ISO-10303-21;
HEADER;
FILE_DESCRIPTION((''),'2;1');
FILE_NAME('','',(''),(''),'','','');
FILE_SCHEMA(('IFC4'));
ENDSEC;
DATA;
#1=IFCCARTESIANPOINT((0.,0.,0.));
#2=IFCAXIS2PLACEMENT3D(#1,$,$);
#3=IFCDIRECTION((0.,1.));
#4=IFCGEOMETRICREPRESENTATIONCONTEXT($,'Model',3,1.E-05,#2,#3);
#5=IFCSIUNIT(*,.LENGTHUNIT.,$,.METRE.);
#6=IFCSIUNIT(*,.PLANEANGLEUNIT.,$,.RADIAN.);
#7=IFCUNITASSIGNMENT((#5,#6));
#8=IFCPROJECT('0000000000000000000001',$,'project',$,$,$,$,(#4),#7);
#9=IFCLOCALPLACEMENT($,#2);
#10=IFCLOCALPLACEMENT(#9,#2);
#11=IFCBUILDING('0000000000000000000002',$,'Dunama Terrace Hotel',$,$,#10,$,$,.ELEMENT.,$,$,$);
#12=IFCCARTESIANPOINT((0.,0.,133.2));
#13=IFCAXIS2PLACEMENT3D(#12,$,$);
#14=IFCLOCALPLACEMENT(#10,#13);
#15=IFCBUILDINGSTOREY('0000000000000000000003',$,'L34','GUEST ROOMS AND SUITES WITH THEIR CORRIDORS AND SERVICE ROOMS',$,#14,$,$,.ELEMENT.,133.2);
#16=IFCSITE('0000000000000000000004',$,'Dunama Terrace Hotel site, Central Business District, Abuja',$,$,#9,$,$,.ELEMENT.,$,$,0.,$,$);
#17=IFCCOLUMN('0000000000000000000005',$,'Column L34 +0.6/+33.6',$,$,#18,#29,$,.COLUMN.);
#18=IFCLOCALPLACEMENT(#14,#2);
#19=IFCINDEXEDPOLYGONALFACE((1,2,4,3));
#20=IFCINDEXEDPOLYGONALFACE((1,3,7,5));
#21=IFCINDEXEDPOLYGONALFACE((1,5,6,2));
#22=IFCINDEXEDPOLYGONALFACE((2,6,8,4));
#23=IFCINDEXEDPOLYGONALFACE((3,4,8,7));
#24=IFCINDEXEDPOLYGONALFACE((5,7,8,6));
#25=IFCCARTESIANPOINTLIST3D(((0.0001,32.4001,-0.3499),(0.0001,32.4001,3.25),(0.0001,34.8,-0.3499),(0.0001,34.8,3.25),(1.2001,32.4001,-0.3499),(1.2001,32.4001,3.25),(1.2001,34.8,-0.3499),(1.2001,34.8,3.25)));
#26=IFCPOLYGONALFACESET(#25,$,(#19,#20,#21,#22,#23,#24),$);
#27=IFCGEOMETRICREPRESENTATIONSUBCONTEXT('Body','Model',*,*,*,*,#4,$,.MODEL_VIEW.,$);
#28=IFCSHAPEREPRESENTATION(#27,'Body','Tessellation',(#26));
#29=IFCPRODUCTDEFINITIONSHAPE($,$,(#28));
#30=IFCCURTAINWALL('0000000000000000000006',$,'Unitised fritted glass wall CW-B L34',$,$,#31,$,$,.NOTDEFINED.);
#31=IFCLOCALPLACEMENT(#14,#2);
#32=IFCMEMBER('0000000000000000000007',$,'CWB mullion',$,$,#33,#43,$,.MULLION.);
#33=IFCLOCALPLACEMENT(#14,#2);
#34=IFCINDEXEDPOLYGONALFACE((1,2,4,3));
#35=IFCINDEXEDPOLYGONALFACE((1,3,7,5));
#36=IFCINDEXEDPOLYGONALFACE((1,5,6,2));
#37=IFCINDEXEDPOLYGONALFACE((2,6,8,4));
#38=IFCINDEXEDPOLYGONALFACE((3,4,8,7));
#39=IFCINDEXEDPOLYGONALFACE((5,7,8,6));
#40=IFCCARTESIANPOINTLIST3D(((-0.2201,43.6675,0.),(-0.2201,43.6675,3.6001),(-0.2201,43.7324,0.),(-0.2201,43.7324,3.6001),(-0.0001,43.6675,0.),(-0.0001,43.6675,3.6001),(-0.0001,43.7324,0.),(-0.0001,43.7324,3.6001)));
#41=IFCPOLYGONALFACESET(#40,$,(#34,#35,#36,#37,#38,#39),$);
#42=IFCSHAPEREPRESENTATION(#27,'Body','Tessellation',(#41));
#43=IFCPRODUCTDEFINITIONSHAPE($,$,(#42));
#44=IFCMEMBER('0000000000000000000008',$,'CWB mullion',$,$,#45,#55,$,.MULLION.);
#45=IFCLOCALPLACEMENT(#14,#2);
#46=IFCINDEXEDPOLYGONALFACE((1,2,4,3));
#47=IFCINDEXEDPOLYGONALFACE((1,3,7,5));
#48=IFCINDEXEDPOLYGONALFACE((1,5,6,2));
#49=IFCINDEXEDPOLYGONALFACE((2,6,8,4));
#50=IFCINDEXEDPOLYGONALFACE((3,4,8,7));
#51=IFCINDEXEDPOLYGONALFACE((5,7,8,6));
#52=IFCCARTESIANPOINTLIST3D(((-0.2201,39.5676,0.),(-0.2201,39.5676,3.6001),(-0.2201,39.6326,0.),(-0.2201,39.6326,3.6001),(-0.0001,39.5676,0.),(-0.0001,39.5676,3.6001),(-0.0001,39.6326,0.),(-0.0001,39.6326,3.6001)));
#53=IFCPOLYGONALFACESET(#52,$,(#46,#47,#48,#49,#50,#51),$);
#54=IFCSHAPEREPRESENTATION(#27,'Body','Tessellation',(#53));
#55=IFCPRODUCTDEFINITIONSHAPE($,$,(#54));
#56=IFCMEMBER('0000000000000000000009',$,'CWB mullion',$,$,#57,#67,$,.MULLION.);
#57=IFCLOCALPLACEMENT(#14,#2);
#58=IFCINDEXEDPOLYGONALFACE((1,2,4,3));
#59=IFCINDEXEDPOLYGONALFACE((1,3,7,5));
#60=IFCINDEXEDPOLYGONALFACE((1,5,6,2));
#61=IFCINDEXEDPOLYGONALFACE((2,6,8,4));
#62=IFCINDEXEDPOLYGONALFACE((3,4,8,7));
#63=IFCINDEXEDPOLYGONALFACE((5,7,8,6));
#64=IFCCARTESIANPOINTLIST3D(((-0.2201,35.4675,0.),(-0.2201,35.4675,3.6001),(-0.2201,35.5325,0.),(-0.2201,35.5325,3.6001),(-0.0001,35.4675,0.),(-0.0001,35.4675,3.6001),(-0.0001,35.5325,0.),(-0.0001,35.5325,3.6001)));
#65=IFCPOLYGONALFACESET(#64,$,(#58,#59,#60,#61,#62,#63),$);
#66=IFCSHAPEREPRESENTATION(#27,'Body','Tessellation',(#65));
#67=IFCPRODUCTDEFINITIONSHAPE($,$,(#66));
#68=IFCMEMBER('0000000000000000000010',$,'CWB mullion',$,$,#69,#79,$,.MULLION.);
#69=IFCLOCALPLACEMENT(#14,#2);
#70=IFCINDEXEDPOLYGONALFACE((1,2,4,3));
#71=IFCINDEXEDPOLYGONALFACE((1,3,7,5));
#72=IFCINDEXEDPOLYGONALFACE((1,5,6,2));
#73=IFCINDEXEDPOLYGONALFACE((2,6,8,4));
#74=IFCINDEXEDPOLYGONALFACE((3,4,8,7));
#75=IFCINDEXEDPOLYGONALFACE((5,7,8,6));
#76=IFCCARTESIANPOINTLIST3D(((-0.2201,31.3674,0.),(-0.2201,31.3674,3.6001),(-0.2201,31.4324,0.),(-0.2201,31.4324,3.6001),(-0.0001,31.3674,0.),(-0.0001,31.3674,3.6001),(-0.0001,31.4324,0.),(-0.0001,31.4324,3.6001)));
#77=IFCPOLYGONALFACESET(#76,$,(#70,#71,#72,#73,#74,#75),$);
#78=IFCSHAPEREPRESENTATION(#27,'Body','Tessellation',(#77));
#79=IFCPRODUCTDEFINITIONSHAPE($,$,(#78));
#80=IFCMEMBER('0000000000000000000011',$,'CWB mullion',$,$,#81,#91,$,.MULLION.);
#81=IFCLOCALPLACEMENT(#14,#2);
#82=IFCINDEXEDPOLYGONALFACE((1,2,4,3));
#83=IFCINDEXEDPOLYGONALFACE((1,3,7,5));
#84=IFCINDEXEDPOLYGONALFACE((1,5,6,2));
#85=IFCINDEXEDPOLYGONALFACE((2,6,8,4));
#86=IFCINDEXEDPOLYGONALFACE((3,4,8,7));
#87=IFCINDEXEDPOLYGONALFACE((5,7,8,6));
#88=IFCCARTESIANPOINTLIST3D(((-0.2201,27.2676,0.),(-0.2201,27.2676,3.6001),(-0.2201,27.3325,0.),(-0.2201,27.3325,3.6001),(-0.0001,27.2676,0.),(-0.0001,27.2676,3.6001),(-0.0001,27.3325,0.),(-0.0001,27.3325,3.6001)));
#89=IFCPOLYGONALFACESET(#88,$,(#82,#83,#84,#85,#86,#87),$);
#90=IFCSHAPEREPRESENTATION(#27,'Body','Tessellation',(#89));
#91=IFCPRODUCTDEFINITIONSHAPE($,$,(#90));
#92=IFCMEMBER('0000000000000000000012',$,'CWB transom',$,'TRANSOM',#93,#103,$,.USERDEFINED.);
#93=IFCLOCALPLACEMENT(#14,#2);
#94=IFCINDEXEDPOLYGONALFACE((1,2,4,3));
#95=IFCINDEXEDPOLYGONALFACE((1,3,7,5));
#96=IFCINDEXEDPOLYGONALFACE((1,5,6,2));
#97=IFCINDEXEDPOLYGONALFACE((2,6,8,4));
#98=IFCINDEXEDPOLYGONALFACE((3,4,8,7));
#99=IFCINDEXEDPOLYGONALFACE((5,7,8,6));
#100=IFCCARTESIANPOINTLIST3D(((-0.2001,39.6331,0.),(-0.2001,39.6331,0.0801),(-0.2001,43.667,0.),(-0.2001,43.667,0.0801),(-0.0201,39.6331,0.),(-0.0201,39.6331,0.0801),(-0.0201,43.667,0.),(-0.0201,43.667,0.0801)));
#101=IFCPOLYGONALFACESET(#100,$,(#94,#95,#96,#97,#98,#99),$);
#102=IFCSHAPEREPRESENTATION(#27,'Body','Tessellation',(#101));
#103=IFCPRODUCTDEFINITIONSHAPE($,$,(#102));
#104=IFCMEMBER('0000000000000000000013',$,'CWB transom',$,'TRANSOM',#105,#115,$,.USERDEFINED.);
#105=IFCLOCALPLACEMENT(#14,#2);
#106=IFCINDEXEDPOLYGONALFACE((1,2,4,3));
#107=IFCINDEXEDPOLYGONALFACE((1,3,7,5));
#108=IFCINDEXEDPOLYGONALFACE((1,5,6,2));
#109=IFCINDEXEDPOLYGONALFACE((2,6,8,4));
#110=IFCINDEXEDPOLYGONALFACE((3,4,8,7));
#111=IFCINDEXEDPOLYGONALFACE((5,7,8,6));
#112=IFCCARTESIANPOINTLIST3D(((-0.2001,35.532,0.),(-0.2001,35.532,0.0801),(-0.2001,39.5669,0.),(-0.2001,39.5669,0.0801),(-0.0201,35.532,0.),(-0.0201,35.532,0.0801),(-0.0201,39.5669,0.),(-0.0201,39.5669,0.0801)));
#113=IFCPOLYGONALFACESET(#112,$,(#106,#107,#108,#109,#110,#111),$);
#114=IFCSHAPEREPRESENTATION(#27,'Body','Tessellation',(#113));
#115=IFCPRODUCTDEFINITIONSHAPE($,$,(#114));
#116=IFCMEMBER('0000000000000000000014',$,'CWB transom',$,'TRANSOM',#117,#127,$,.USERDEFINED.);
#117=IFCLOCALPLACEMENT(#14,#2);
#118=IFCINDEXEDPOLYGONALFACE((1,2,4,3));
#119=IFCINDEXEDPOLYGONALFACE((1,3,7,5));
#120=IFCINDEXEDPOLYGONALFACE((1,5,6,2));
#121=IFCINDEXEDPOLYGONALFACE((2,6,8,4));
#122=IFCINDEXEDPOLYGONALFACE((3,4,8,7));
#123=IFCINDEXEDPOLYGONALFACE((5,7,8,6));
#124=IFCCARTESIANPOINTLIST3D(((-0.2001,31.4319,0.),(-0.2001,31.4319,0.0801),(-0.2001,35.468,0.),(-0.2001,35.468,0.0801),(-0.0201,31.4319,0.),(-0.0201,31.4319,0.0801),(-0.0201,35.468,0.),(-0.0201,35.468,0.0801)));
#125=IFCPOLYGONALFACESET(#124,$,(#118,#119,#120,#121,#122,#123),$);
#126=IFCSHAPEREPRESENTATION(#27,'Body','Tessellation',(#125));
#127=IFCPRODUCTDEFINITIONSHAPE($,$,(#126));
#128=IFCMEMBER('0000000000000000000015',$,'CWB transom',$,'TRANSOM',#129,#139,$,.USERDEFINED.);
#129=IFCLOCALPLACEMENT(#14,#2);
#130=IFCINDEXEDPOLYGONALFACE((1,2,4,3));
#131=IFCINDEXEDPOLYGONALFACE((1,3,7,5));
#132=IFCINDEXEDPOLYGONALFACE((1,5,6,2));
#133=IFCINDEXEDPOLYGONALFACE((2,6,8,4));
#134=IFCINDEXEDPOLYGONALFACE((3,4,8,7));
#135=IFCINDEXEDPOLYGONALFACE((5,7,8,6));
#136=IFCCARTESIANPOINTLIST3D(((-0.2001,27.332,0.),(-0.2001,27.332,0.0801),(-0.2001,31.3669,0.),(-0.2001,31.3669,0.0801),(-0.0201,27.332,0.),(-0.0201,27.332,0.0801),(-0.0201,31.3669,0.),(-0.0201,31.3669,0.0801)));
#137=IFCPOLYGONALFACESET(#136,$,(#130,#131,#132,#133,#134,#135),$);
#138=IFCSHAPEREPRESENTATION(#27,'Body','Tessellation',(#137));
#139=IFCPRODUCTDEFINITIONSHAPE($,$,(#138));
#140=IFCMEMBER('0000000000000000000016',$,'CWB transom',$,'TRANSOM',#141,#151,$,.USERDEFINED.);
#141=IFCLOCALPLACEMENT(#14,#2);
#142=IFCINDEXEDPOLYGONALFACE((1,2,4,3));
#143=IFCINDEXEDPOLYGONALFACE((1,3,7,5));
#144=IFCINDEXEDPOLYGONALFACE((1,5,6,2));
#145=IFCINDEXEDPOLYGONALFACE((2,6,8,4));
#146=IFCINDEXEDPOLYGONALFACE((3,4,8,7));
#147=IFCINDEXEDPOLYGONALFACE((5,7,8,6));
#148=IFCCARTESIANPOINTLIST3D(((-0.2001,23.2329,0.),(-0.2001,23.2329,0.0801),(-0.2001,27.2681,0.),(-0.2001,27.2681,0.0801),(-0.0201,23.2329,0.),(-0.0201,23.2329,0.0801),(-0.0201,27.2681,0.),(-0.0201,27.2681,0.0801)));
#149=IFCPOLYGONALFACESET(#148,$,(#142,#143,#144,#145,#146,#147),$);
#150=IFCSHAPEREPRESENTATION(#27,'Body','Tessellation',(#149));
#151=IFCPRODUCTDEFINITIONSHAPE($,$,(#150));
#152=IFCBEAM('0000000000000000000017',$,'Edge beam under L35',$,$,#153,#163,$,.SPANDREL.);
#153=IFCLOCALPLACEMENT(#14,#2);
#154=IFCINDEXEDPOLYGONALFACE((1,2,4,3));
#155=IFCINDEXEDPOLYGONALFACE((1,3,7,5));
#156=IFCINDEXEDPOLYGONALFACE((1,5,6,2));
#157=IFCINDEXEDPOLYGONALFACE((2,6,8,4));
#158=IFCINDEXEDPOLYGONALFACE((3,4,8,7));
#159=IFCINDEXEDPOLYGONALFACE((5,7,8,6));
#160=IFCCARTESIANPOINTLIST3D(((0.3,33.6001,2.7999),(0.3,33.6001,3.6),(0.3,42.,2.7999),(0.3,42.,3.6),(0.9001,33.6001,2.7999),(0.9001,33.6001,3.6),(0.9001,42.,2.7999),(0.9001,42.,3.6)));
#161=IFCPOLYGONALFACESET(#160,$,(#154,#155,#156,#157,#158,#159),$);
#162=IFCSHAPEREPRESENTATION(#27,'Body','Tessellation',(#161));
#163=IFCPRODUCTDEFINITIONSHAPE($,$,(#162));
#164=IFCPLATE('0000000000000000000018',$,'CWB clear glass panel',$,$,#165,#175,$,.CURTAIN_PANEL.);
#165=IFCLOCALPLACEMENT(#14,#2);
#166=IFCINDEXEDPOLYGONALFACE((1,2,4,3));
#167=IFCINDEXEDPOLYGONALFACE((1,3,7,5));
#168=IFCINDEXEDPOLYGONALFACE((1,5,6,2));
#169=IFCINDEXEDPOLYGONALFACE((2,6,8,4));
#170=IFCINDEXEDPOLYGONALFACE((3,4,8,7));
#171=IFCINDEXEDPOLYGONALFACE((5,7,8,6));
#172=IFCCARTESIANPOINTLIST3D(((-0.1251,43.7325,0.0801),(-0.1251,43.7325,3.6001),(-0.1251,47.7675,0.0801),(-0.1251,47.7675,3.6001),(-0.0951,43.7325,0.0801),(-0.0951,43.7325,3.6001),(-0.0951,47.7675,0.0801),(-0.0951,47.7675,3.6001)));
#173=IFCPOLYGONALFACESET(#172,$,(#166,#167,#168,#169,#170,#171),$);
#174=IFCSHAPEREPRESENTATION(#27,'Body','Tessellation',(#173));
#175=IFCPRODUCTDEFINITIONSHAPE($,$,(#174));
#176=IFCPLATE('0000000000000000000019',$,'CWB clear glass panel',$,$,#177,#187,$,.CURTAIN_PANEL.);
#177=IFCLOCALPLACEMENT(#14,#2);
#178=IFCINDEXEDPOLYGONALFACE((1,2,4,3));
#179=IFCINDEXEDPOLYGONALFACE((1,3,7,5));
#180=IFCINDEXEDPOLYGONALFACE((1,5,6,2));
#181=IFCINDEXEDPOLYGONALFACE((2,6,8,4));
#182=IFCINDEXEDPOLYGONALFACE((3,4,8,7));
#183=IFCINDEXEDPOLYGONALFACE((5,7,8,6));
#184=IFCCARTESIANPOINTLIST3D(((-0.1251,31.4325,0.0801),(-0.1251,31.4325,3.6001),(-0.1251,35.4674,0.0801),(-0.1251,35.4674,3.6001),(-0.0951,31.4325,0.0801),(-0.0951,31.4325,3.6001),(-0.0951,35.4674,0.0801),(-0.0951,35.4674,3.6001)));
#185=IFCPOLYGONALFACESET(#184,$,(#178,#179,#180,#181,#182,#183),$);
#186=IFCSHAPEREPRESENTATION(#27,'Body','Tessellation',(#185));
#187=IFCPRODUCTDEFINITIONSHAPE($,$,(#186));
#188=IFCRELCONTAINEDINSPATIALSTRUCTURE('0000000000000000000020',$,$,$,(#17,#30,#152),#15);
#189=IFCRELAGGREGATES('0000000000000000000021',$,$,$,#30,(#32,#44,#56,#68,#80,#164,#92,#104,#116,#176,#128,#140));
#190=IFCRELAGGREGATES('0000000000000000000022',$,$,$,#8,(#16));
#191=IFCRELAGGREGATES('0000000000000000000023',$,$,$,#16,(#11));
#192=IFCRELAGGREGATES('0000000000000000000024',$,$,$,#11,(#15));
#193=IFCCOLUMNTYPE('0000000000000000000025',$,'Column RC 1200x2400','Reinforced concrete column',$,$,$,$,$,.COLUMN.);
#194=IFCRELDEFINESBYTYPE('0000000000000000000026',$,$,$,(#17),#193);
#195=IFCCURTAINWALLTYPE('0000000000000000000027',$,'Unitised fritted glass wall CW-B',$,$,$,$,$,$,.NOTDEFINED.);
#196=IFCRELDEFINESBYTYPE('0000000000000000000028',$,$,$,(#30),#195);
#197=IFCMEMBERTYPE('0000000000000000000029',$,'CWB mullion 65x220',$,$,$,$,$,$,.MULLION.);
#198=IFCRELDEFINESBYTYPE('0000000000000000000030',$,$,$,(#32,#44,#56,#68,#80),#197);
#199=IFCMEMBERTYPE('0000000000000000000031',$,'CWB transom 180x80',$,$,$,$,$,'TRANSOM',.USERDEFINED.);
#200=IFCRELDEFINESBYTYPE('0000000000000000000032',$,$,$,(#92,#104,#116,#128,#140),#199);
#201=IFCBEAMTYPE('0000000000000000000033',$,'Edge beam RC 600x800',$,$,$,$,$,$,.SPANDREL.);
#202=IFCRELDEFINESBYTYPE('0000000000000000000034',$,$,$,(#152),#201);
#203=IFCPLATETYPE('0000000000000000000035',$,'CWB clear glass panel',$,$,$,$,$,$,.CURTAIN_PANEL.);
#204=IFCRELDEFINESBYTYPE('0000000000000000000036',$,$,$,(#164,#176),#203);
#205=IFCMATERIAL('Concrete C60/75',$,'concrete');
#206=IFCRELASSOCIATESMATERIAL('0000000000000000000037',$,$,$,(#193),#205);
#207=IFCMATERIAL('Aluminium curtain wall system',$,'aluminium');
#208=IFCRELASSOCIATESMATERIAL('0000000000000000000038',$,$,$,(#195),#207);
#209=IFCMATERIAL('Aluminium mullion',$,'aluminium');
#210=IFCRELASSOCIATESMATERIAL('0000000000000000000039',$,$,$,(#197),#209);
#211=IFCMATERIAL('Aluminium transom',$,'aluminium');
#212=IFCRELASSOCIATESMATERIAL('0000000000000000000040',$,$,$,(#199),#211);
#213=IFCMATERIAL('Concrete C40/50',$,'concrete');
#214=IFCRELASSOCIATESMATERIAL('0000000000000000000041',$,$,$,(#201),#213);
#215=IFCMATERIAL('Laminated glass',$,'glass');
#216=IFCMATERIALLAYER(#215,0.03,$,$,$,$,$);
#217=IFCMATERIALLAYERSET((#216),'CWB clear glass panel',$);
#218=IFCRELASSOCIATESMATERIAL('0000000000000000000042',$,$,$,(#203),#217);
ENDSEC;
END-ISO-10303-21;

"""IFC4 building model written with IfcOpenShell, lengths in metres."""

from ifc_helpers import new_model, si_unit, direction, frame, origin, origin_2d, place, context, subcontext, project, spatial, rectangle, extrude, material, layer, layer_set, material_profile, profile_set, type_object, element, aggregate, save


model = new_model("IFC4")

# Units and contexts
model_context = context("Model", 3, precision=1e-05, world=origin(), true_north=direction((0.0, 1.0)))
body_context = subcontext(model_context, "Body", "Model", "MODEL_VIEW")
ifc_project = project(units=[si_unit("LENGTHUNIT", "METRE"), si_unit("PLANEANGLEUNIT", "RADIAN")], contexts=[model_context])

# Site, building, storey
site_placement = place(None, origin())
site = spatial("IfcSite", under=ifc_project, at=site_placement, Name="Dunama Terrace Hotel site, Central Business District, Abuja", CompositionType="ELEMENT", RefElevation=0.0)
building_placement = place(site_placement, origin())
building = spatial("IfcBuilding", under=site, at=building_placement, Name="Dunama Terrace Hotel", CompositionType="ELEMENT")
storey_placement = place(building_placement, frame((0.0, 0.0, 133.2)))
storey = spatial("IfcBuildingStorey", under=building, at=storey_placement, Name="L34", Description="GUEST ROOMS AND SUITES WITH THEIR CORRIDORS AND SERVICE ROOMS", CompositionType="ELEMENT", Elevation=133.2)

# Column
ifc_material_1 = material(Name="Concrete C60/75", Category="concrete")
ifc_material_profile_1 = material_profile(ifc_material_1, rectangle(XDim=1.2, YDim=2.3999, at=origin_2d()), Name="RC 1200x2400")
ifc_profile_set_1 = profile_set([ifc_material_profile_1], Name="Concrete C60/75")
column_type = type_object("IfcColumnType", Name="Column RC 1200x2400", Description="Reinforced concrete column", PredefinedType="COLUMN", material=ifc_profile_set_1)
column_placement = place(storey_placement, frame((0.6001, 33.6001, -0.3499), z_axis=(0.0, 0.0, 1.0), x_axis=(1.0, 0.0, 0.0)))
element("IfcColumn", 1, at=column_placement, inside=storey, type_object=column_type, Name="Column L34 +0.6/+33.6", PredefinedType="COLUMN", context=body_context, shape_type="SweptSolid", body=[
    extrude(rectangle(XDim=1.2, YDim=2.3999, at=origin_2d()), origin(), (0.0, 0.0, 1.0), 3.5999),
])

# Curtain wall, members
ifc_material_2 = material(Name="Aluminium curtain wall system", Category="aluminium")
curtain_wall_type = type_object("IfcCurtainWallType", Name="Unitised fritted glass wall CW-B", PredefinedType="NOTDEFINED", material=ifc_material_2)
curtain_wall_placement = place(storey_placement, origin())
curtain_wall = element("IfcCurtainWall", 2, at=curtain_wall_placement, inside=storey, type_object=curtain_wall_type, Name="Unitised fritted glass wall CW-B L34", PredefinedType="NOTDEFINED")
ifc_material_3 = material(Name="Aluminium mullion", Category="aluminium")
ifc_material_profile_2 = material_profile(ifc_material_3, rectangle(XDim=0.0649, YDim=0.22, at=origin_2d()), Name="CWB MULLION 65X220")
ifc_profile_set_2 = profile_set([ifc_material_profile_2], Name="Aluminium mullion")
member_type_1 = type_object("IfcMemberType", Name="CWB mullion 65x220", PredefinedType="MULLION", material=ifc_profile_set_2)
member_1_placement = place(storey_placement, frame((-0.1101, 43.7, 0.0), z_axis=(0.0, 0.0, 1.0), x_axis=(0.0, -1.0, 0.0)))
member_1 = element("IfcMember", 3, at=member_1_placement, type_object=member_type_1, Name="CWB mullion", PredefinedType="MULLION", context=body_context, shape_type="SweptSolid", body=[
    extrude(rectangle(XDim=0.0649, YDim=0.22, at=origin_2d()), origin(), (0.0, 0.0, 1.0), 3.6001),
])
member_2_placement = place(storey_placement, frame((-0.1101, 39.6001, 0.0), z_axis=(0.0, 0.0, 1.0), x_axis=(0.0, -1.0, 0.0)))
member_2 = element("IfcMember", 4, at=member_2_placement, type_object=member_type_1, Name="CWB mullion", PredefinedType="MULLION", context=body_context, shape_type="SweptSolid", body=[
    extrude(rectangle(XDim=0.0649, YDim=0.22, at=origin_2d()), origin(), (0.0, 0.0, 1.0), 3.6001),
])
member_3_placement = place(storey_placement, frame((-0.1101, 35.5, 0.0), z_axis=(0.0, 0.0, 1.0), x_axis=(0.0, -1.0, 0.0)))
member_3 = element("IfcMember", 5, at=member_3_placement, type_object=member_type_1, Name="CWB mullion", PredefinedType="MULLION", context=body_context, shape_type="SweptSolid", body=[
    extrude(rectangle(XDim=0.0649, YDim=0.22, at=origin_2d()), origin(), (0.0, 0.0, 1.0), 3.6001),
])
member_4_placement = place(storey_placement, frame((-0.1101, 31.3999, 0.0), z_axis=(0.0, 0.0, 1.0), x_axis=(0.0, -1.0, 0.0)))
member_4 = element("IfcMember", 6, at=member_4_placement, type_object=member_type_1, Name="CWB mullion", PredefinedType="MULLION", context=body_context, shape_type="SweptSolid", body=[
    extrude(rectangle(XDim=0.0649, YDim=0.22, at=origin_2d()), origin(), (0.0, 0.0, 1.0), 3.6001),
])
member_5_placement = place(storey_placement, frame((-0.1101, 27.3, 0.0), z_axis=(0.0, 0.0, 1.0), x_axis=(0.0, -1.0, 0.0)))
member_5 = element("IfcMember", 7, at=member_5_placement, type_object=member_type_1, Name="CWB mullion", PredefinedType="MULLION", context=body_context, shape_type="SweptSolid", body=[
    extrude(rectangle(XDim=0.0649, YDim=0.22, at=origin_2d()), origin(), (0.0, 0.0, 1.0), 3.6001),
])
ifc_material_4 = material(Name="Aluminium transom", Category="aluminium")
ifc_material_profile_3 = material_profile(ifc_material_4, rectangle(XDim=0.1799, YDim=0.0801, at=origin_2d()), Name="CWB TRANSOM 180X80")
ifc_profile_set_3 = profile_set([ifc_material_profile_3], Name="Aluminium transom")
member_type_2 = type_object("IfcMemberType", Name="CWB transom 180x80", ElementType="TRANSOM", PredefinedType="USERDEFINED", material=ifc_profile_set_3)
member_6_placement = place(storey_placement, frame((-0.1101, 43.667, 0.04), z_axis=(0.0, -1.0, 0.0), x_axis=(1.0, 0.0, 0.0)))
member_6 = element("IfcMember", 8, at=member_6_placement, type_object=member_type_2, Name="CWB transom", ObjectType="TRANSOM", PredefinedType="USERDEFINED", context=body_context, shape_type="SweptSolid", body=[
    extrude(rectangle(XDim=0.1799, YDim=0.0801, at=origin_2d()), origin(), (0.0, 0.0, 1.0), 4.0339),
])
member_7_placement = place(storey_placement, frame((-0.1101, 39.5669, 0.04), z_axis=(0.0, -1.0, 0.0), x_axis=(1.0, 0.0, 0.0)))
member_7 = element("IfcMember", 9, at=member_7_placement, type_object=member_type_2, Name="CWB transom", ObjectType="TRANSOM", PredefinedType="USERDEFINED", context=body_context, shape_type="SweptSolid", body=[
    extrude(rectangle(XDim=0.1799, YDim=0.0801, at=origin_2d()), origin(), (0.0, 0.0, 1.0), 4.0349),
])
member_8_placement = place(storey_placement, frame((-0.1101, 35.468, 0.04), z_axis=(0.0, -1.0, 0.0), x_axis=(1.0, 0.0, 0.0)))
member_8 = element("IfcMember", 10, at=member_8_placement, type_object=member_type_2, Name="CWB transom", ObjectType="TRANSOM", PredefinedType="USERDEFINED", context=body_context, shape_type="SweptSolid", body=[
    extrude(rectangle(XDim=0.1799, YDim=0.0801, at=origin_2d()), origin(), (0.0, 0.0, 1.0), 4.0361),
])
member_9_placement = place(storey_placement, frame((-0.1101, 31.3669, 0.04), z_axis=(0.0, -1.0, 0.0), x_axis=(1.0, 0.0, 0.0)))
member_9 = element("IfcMember", 11, at=member_9_placement, type_object=member_type_2, Name="CWB transom", ObjectType="TRANSOM", PredefinedType="USERDEFINED", context=body_context, shape_type="SweptSolid", body=[
    extrude(rectangle(XDim=0.1799, YDim=0.0801, at=origin_2d()), origin(), (0.0, 0.0, 1.0), 4.0349),
])
member_10_placement = place(storey_placement, frame((-0.1101, 27.2681, 0.04), z_axis=(0.0, -1.0, 0.0), x_axis=(1.0, 0.0, 0.0)))
member_10 = element("IfcMember", 12, at=member_10_placement, type_object=member_type_2, Name="CWB transom", ObjectType="TRANSOM", PredefinedType="USERDEFINED", context=body_context, shape_type="SweptSolid", body=[
    extrude(rectangle(XDim=0.1799, YDim=0.0801, at=origin_2d()), origin(), (0.0, 0.0, 1.0), 4.0352),
])

# Beam
ifc_material_5 = material(Name="Concrete C40/50", Category="concrete")
ifc_material_profile_4 = material_profile(ifc_material_5, rectangle(XDim=0.6001, YDim=0.8, at=origin_2d()), Name="RC 600x800")
ifc_profile_set_4 = profile_set([ifc_material_profile_4], Name="Concrete C40/50")
beam_type = type_object("IfcBeamType", Name="Edge beam RC 600x800", PredefinedType="SPANDREL", material=ifc_profile_set_4)
beam_placement = place(storey_placement, frame((0.6001, 33.6001, 3.2), z_axis=(0.0, 1.0, 0.0), x_axis=(-1.0, 0.0, 0.0)))
element("IfcBeam", 13, at=beam_placement, inside=storey, type_object=beam_type, Name="Edge beam under L35", PredefinedType="SPANDREL", context=body_context, shape_type="SweptSolid", body=[
    extrude(rectangle(XDim=0.6001, YDim=0.8, at=origin_2d()), origin(), (0.0, 0.0, 1.0), 8.3999),
])

# Plates
ifc_material_6 = material(Name="Laminated glass", Category="glass")
ifc_layer_1 = layer(ifc_material_6, 0.03)
ifc_layer_set_1 = layer_set([ifc_layer_1], Name="CWB clear glass panel")
plate_type_1 = type_object("IfcPlateType", Name="CWB clear glass panel", PredefinedType="CURTAIN_PANEL", material=ifc_layer_set_1)
plate_1_placement = place(storey_placement, frame((-0.1101, 45.75, 0.0801), z_axis=(0.0, 0.0, 1.0), x_axis=(0.0, -1.0, 0.0)))
plate_1 = element("IfcPlate", 14, at=plate_1_placement, type_object=plate_type_1, Name="CWB clear glass panel", PredefinedType="CURTAIN_PANEL", context=body_context, shape_type="SweptSolid", body=[
    extrude(rectangle(XDim=4.0349, YDim=0.03, at=origin_2d()), origin(), (0.0, 0.0, 1.0), 3.52),
])
plate_2_placement = place(storey_placement, frame((-0.1101, 33.45, 0.0801), z_axis=(0.0, 0.0, 1.0), x_axis=(0.0, -1.0, 0.0)))
plate_2 = element("IfcPlate", 15, at=plate_2_placement, type_object=plate_type_1, Name="CWB clear glass panel", PredefinedType="CURTAIN_PANEL", context=body_context, shape_type="SweptSolid", body=[
    extrude(rectangle(XDim=4.0349, YDim=0.03, at=origin_2d()), origin(), (0.0, 0.0, 1.0), 3.52),
])
aggregate(curtain_wall, [member_1, member_2, member_3, member_4, member_5, plate_1, member_6, member_7, member_8, plate_2, member_9, member_10])

save(model, "model.ifc")
